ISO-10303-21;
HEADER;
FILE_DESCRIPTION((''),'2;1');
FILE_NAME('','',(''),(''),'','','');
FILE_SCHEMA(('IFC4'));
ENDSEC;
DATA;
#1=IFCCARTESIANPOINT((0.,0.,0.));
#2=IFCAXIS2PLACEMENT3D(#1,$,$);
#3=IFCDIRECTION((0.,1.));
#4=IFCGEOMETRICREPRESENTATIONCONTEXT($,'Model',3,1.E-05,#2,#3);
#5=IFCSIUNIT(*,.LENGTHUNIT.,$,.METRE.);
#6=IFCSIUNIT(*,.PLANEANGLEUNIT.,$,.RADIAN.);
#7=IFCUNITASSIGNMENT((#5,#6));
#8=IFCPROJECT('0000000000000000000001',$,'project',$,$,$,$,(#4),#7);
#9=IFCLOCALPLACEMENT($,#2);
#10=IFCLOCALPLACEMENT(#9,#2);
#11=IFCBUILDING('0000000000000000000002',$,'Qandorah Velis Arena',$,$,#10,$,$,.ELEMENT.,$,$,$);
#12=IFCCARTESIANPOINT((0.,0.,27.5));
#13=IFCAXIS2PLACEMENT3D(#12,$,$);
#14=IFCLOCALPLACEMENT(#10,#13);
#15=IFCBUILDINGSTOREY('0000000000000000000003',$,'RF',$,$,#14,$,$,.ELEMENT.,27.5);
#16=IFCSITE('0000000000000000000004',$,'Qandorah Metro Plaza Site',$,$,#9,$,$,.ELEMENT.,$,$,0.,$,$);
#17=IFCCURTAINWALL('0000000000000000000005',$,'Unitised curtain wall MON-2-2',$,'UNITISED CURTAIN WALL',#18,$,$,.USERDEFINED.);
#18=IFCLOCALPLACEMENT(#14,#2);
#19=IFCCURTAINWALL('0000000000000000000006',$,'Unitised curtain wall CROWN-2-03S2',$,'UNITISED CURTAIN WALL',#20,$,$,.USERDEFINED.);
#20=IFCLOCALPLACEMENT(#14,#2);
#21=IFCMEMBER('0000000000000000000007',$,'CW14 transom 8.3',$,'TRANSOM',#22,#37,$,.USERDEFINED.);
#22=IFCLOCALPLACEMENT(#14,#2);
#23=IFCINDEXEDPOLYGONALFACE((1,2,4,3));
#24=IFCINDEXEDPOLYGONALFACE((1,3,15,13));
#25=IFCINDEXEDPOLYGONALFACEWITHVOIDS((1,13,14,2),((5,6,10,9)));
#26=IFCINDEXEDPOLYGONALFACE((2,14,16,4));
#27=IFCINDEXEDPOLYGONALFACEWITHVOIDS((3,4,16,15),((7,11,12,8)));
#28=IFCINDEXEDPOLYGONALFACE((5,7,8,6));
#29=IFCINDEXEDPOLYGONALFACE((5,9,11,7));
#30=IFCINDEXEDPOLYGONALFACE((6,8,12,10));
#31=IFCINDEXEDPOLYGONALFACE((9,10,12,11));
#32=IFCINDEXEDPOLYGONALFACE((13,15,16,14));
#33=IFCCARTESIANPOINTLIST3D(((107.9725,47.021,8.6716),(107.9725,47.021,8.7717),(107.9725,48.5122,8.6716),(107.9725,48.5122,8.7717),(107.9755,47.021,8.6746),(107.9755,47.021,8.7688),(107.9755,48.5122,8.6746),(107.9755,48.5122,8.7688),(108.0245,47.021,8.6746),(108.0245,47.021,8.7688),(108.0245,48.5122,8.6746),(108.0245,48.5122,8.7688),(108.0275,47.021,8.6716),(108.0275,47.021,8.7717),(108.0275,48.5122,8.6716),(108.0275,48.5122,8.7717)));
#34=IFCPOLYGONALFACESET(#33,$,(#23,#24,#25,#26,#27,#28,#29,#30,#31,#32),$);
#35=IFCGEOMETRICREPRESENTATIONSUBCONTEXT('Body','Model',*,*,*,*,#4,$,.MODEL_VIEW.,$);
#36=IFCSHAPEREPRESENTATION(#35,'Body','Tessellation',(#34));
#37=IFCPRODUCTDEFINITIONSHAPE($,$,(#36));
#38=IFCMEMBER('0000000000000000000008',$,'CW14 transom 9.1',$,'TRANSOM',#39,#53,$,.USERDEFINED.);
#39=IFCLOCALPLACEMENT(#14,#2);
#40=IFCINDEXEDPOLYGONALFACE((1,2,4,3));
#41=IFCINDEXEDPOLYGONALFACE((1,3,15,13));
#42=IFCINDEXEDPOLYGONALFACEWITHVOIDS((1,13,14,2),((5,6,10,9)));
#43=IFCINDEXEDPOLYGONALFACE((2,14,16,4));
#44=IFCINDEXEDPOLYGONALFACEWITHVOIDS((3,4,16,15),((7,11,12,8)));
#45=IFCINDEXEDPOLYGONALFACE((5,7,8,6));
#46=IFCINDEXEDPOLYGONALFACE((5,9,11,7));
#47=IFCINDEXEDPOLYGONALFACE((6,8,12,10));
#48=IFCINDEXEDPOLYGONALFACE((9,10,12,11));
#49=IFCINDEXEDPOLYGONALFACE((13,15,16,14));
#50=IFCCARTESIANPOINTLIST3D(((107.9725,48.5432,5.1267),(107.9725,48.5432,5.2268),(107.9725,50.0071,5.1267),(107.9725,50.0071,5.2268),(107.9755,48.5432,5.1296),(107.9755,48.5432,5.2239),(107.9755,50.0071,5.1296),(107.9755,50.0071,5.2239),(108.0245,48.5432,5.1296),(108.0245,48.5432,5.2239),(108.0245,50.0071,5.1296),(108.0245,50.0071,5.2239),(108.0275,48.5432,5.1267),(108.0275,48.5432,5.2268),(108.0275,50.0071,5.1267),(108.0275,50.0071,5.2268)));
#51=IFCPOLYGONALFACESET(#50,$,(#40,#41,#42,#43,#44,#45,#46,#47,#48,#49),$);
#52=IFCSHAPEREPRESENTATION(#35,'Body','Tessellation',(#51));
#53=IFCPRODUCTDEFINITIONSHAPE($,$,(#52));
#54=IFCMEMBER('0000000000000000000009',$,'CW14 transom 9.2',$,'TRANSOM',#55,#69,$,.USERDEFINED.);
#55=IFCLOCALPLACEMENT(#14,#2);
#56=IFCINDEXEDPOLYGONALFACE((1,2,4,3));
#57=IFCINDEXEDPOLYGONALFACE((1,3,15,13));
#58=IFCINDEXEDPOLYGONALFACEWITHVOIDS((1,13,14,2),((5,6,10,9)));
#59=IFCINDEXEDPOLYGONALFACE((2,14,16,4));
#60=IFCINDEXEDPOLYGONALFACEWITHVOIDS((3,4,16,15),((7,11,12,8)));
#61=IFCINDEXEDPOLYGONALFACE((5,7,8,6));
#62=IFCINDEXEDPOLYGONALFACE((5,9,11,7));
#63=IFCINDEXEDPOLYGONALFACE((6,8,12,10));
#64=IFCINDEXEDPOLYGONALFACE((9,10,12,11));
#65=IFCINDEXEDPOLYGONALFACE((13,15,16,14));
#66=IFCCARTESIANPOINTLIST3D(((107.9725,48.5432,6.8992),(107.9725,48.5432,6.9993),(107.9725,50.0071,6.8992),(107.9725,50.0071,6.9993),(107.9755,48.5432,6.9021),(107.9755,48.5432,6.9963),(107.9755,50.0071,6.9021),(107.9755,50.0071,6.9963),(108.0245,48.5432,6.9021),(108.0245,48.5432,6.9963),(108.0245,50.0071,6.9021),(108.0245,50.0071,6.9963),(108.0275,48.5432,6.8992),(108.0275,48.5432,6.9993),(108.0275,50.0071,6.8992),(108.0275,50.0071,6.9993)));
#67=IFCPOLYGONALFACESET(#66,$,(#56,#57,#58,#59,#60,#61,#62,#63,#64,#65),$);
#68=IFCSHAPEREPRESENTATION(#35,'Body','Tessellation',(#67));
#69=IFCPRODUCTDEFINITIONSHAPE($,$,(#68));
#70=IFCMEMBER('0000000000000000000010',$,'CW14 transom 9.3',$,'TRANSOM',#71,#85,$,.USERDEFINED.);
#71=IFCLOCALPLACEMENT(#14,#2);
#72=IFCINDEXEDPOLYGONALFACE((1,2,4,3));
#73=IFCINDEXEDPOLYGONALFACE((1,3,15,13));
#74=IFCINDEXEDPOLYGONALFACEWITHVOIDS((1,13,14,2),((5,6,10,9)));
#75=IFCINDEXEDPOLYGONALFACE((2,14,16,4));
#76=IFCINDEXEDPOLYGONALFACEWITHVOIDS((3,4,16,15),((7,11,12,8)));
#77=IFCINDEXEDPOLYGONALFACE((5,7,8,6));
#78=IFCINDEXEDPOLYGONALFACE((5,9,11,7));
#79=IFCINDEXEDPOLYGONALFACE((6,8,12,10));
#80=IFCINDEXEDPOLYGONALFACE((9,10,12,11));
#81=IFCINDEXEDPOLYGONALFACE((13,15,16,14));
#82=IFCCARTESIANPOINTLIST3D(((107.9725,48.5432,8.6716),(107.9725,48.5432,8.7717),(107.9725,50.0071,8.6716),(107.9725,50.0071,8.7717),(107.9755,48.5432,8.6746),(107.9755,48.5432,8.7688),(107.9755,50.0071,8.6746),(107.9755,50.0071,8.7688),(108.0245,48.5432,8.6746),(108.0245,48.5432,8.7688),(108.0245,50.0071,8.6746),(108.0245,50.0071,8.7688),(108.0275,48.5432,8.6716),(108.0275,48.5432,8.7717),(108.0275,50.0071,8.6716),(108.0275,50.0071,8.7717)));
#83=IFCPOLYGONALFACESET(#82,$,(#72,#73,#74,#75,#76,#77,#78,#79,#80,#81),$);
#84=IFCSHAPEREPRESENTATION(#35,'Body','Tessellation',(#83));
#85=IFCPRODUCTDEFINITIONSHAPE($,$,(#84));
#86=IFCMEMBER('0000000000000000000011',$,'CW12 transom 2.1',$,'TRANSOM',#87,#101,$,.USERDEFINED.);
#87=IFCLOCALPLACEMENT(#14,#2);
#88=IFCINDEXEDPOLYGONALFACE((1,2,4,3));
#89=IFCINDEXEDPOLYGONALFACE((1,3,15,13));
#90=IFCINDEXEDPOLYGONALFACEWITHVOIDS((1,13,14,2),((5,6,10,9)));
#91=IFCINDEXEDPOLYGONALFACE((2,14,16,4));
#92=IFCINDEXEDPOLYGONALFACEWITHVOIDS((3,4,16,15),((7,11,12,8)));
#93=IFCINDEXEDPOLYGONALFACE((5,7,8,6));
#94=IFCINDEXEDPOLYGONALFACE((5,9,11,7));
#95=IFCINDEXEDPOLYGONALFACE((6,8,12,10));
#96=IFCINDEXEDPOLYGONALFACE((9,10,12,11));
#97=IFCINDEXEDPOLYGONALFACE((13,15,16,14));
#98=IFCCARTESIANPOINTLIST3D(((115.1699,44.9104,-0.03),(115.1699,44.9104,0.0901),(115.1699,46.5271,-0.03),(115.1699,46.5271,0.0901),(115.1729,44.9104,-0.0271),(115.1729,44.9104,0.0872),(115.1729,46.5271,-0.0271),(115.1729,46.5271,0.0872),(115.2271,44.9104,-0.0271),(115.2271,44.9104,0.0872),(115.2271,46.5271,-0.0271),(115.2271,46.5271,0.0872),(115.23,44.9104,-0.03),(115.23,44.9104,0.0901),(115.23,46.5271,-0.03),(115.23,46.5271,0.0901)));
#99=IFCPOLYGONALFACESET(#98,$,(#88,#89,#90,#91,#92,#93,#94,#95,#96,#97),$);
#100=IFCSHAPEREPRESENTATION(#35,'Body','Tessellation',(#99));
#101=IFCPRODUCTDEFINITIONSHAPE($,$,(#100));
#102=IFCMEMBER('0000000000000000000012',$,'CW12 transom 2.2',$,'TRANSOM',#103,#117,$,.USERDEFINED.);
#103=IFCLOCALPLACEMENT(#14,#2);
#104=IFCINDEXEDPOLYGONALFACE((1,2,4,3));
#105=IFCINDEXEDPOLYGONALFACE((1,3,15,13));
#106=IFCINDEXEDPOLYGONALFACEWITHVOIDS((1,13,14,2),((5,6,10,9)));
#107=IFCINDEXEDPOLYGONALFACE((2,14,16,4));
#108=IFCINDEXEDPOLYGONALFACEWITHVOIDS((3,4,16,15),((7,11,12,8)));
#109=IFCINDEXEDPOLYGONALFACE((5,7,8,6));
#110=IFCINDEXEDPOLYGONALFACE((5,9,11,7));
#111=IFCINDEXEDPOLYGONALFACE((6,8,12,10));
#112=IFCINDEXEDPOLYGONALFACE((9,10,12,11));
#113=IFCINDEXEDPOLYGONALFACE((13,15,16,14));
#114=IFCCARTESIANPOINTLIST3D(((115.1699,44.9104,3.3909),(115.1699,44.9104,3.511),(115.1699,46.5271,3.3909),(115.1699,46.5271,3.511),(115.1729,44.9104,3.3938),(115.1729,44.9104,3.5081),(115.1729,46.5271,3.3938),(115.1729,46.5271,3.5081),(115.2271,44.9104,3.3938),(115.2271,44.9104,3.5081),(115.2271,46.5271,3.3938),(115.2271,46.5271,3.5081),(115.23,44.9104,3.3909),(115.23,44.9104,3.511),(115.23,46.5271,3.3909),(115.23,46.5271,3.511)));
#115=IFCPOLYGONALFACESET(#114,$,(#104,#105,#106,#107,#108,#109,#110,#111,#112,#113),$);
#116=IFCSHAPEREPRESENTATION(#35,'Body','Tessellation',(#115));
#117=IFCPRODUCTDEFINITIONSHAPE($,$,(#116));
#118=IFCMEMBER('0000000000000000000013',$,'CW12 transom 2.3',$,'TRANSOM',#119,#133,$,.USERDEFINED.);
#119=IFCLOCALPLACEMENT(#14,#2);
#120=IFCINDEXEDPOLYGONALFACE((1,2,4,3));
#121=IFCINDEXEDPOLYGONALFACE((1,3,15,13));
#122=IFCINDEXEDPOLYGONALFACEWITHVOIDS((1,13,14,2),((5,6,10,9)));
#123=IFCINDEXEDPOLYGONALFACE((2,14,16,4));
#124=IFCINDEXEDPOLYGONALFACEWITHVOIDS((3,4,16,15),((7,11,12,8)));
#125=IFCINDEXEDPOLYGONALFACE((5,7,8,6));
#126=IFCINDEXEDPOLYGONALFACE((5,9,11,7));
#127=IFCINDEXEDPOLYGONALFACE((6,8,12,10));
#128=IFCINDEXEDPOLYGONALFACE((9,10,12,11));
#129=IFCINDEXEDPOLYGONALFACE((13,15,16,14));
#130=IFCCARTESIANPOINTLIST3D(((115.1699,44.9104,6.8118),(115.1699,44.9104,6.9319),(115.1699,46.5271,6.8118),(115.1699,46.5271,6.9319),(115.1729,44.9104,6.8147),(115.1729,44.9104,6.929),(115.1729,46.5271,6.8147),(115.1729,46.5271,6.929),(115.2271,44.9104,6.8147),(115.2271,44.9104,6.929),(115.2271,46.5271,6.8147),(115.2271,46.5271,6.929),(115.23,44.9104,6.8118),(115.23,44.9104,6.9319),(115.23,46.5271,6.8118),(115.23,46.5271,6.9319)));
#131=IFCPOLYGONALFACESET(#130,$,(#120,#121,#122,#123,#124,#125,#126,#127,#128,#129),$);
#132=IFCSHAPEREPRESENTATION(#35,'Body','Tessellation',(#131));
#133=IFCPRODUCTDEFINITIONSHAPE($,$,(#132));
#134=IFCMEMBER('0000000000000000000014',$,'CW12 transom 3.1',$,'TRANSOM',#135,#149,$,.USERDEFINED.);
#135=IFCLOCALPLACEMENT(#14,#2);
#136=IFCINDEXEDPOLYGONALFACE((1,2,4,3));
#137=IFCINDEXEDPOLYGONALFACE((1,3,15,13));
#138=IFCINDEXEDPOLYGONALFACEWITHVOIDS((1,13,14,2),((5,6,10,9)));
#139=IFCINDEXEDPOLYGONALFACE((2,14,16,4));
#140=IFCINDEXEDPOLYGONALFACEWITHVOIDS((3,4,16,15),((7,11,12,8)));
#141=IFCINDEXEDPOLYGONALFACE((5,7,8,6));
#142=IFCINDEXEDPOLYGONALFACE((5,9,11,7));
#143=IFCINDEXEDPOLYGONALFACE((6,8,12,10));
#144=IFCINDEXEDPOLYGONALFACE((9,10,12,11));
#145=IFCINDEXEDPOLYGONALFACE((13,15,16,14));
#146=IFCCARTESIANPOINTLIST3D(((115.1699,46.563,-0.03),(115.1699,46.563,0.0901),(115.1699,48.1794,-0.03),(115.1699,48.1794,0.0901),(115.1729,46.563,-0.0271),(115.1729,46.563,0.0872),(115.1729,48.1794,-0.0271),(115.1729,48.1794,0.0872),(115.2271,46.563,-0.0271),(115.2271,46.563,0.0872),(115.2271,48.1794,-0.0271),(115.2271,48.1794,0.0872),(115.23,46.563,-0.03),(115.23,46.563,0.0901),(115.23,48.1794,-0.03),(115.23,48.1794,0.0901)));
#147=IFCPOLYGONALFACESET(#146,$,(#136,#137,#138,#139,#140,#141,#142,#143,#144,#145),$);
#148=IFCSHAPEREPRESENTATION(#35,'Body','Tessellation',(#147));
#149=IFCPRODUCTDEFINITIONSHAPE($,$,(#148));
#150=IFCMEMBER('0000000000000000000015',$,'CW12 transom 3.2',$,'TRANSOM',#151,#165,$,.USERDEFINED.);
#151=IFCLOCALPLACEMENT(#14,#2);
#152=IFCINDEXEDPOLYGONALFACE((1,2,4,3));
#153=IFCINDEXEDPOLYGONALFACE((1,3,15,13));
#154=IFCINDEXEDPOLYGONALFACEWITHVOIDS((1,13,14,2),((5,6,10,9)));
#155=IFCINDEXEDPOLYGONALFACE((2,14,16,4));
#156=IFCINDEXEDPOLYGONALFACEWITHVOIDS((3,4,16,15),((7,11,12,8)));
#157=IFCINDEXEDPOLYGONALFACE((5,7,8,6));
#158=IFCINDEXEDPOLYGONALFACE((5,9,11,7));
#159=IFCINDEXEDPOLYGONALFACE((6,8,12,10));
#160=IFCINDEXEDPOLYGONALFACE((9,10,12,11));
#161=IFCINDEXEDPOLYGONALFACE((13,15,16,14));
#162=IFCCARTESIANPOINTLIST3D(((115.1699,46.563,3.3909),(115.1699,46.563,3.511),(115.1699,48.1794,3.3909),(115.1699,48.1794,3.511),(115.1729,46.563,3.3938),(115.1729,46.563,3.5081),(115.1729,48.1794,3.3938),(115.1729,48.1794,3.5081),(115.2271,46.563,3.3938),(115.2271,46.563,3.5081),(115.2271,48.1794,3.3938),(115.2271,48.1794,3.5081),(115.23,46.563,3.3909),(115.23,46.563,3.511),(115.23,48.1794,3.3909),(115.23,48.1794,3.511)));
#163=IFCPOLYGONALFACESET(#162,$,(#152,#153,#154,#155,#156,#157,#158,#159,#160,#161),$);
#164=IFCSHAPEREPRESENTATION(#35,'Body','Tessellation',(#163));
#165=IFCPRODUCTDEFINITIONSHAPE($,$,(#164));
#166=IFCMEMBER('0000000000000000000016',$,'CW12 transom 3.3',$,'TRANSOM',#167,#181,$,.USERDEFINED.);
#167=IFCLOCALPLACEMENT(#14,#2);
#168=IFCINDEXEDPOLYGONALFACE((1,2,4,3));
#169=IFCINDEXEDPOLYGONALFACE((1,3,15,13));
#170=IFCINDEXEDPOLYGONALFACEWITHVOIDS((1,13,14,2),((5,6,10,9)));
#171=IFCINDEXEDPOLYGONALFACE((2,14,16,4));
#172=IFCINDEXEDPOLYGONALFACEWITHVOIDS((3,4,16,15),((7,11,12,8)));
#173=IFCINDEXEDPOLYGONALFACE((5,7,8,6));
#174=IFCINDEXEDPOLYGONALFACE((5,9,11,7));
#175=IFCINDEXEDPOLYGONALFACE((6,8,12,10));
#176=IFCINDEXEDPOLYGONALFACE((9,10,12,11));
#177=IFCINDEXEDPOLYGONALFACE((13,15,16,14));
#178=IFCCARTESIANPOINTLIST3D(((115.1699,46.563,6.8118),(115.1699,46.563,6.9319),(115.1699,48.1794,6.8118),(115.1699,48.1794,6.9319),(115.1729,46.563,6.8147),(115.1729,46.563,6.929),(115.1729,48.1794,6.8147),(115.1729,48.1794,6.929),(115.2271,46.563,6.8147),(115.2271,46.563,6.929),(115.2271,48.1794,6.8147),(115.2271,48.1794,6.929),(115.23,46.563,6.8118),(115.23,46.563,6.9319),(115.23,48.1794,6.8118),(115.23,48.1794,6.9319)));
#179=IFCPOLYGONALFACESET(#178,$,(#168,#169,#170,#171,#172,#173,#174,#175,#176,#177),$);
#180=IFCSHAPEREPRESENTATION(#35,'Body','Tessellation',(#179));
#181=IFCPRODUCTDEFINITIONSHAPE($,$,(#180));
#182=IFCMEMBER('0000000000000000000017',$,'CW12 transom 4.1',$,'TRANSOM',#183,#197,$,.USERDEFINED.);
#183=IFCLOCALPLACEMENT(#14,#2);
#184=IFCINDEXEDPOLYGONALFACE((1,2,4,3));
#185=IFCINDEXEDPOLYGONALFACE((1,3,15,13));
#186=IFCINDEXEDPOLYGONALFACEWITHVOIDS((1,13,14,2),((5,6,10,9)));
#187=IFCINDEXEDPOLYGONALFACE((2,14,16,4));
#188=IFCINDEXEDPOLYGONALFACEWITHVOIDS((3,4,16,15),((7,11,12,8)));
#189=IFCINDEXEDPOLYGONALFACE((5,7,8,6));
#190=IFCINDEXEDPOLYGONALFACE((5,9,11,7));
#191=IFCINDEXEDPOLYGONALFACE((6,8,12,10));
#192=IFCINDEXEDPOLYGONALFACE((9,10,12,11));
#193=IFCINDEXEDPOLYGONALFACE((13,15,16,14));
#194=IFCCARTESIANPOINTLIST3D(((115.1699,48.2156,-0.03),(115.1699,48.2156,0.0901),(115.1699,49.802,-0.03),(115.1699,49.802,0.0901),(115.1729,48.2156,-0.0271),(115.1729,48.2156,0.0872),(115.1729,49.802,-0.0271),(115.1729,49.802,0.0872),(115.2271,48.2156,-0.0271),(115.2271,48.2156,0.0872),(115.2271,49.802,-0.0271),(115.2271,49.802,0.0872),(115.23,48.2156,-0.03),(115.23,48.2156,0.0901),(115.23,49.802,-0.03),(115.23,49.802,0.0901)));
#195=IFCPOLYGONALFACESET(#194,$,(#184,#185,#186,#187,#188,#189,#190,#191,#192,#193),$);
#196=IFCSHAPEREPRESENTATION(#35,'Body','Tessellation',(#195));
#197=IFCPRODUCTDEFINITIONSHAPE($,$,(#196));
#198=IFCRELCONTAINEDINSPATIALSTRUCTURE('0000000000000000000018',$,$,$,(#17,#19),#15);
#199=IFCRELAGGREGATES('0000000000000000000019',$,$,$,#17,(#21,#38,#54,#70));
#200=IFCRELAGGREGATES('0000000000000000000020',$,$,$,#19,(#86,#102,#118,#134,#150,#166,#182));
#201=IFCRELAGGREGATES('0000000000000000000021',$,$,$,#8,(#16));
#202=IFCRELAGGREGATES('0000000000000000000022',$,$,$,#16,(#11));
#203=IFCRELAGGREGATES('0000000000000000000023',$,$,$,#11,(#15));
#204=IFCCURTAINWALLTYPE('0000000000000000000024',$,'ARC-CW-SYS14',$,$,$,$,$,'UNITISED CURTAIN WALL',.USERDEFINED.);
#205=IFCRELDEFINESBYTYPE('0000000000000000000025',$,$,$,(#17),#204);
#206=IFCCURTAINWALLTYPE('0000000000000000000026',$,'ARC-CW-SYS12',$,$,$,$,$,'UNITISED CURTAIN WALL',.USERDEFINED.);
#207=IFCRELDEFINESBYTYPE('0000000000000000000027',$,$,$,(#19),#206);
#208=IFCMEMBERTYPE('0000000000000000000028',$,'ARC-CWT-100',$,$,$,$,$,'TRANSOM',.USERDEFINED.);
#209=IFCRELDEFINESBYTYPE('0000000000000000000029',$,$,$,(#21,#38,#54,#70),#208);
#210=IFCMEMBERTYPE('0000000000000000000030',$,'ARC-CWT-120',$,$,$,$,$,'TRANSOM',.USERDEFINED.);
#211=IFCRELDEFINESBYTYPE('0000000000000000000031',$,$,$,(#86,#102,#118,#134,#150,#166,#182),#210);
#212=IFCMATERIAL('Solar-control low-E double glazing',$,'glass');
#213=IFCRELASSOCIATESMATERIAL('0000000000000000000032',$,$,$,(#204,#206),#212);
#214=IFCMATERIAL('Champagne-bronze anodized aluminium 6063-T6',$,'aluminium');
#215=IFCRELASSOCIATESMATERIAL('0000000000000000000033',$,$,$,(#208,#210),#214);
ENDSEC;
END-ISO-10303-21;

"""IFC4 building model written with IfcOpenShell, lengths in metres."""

from ifc_helpers import new_model, si_unit, direction, frame, origin, origin_2d, place, context, subcontext, project, spatial, hollow_rectangle, extrude, material, material_profile, profile_set, type_object, element, aggregate, save


model = new_model("IFC4")

# Units and contexts
model_context = context("Model", 3, precision=1e-05, world=origin(), true_north=direction((0.0, 1.0)))
body_context = subcontext(model_context, "Body", "Model", "MODEL_VIEW")
ifc_project = project(units=[si_unit("LENGTHUNIT", "METRE"), si_unit("PLANEANGLEUNIT", "RADIAN")], contexts=[model_context])

# Site, building, storey
site_placement = place(None, origin())
site = spatial("IfcSite", under=ifc_project, at=site_placement, Name="Qandorah Metro Plaza Site", CompositionType="ELEMENT", RefElevation=0.0)
building_placement = place(site_placement, origin())
building = spatial("IfcBuilding", under=site, at=building_placement, Name="Qandorah Velis Arena", CompositionType="ELEMENT")
storey_placement = place(building_placement, frame((0.0, 0.0, 27.5)))
storey = spatial("IfcBuildingStorey", under=building, at=storey_placement, Name="RF", CompositionType="ELEMENT", Elevation=27.5)

# Curtain walls
ifc_material_1 = material(Name="Solar-control low-E double glazing", Category="glass")
curtain_wall_type_1 = type_object("IfcCurtainWallType", Name="ARC-CW-SYS14", ElementType="UNITISED CURTAIN WALL", PredefinedType="USERDEFINED", material=ifc_material_1)
curtain_wall_1_placement = place(storey_placement, origin())
curtain_wall_1 = element("IfcCurtainWall", 1, at=curtain_wall_1_placement, inside=storey, type_object=curtain_wall_type_1, Name="Unitised curtain wall MON-2-2", ObjectType="UNITISED CURTAIN WALL", PredefinedType="USERDEFINED")
ifc_material_2 = material(Name="Champagne-bronze anodized aluminium 6063-T6", Category="aluminium")
curtain_wall_type_2 = type_object("IfcCurtainWallType", Name="ARC-CW-SYS12", ElementType="UNITISED CURTAIN WALL", PredefinedType="USERDEFINED", material=ifc_material_1)
curtain_wall_2_placement = place(storey_placement, origin())
curtain_wall_2 = element("IfcCurtainWall", 2, at=curtain_wall_2_placement, inside=storey, type_object=curtain_wall_type_2, Name="Unitised curtain wall CROWN-2-03S2", ObjectType="UNITISED CURTAIN WALL", PredefinedType="USERDEFINED")

# Members
ifc_material_profile_1 = material_profile(ifc_material_2, hollow_rectangle(XDim=0.0549, YDim=0.1001, WallThickness=0.0029, at=origin_2d()), Name="ALU TRANSOM 55x100")
ifc_profile_set_1 = profile_set([ifc_material_profile_1], Name="Champagne-bronze anodized aluminium 6063-T6")
member_type_1 = type_object("IfcMemberType", Name="ARC-CWT-100", ElementType="TRANSOM", PredefinedType="USERDEFINED", material=ifc_profile_set_1)
member_1_placement = place(storey_placement, frame((108.0, 47.021, 8.7217), z_axis=(0.0, 1.0, 0.0), x_axis=(-1.0, 0.0, 0.0)))
member_1 = element("IfcMember", 3, at=member_1_placement, type_object=member_type_1, Name="CW14 transom 8.3", ObjectType="TRANSOM", PredefinedType="USERDEFINED", context=body_context, shape_type="SweptSolid", body=[
    extrude(hollow_rectangle(XDim=0.0549, YDim=0.1001, WallThickness=0.0029, at=origin_2d()), origin(), (0.0, 0.0, 1.0), 1.4912),
])
member_2_placement = place(storey_placement, frame((108.0, 48.5432, 5.1768), z_axis=(0.0, 1.0, 0.0), x_axis=(-1.0, 0.0, 0.0)))
member_2 = element("IfcMember", 4, at=member_2_placement, type_object=member_type_1, Name="CW14 transom 9.1", ObjectType="TRANSOM", PredefinedType="USERDEFINED", context=body_context, shape_type="SweptSolid", body=[
    extrude(hollow_rectangle(XDim=0.0549, YDim=0.1001, WallThickness=0.0029, at=origin_2d()), origin(), (0.0, 0.0, 1.0), 1.4639),
])
member_3_placement = place(storey_placement, frame((108.0, 48.5432, 6.9492), z_axis=(0.0, 1.0, 0.0), x_axis=(-1.0, 0.0, 0.0)))
member_3 = element("IfcMember", 5, at=member_3_placement, type_object=member_type_1, Name="CW14 transom 9.2", ObjectType="TRANSOM", PredefinedType="USERDEFINED", context=body_context, shape_type="SweptSolid", body=[
    extrude(hollow_rectangle(XDim=0.0549, YDim=0.1001, WallThickness=0.0029, at=origin_2d()), origin(), (0.0, 0.0, 1.0), 1.4639),
])
member_4_placement = place(storey_placement, frame((108.0, 48.5432, 8.7217), z_axis=(0.0, 1.0, 0.0), x_axis=(-1.0, 0.0, 0.0)))
member_4 = element("IfcMember", 6, at=member_4_placement, type_object=member_type_1, Name="CW14 transom 9.3", ObjectType="TRANSOM", PredefinedType="USERDEFINED", context=body_context, shape_type="SweptSolid", body=[
    extrude(hollow_rectangle(XDim=0.0549, YDim=0.1001, WallThickness=0.0029, at=origin_2d()), origin(), (0.0, 0.0, 1.0), 1.4639),
])
ifc_material_profile_2 = material_profile(ifc_material_2, hollow_rectangle(XDim=0.0601, YDim=0.1201, WallThickness=0.0029, at=origin_2d()), Name="ALU TRANSOM 60x120")
ifc_profile_set_2 = profile_set([ifc_material_profile_2], Name="Champagne-bronze anodized aluminium 6063-T6")
member_type_2 = type_object("IfcMemberType", Name="ARC-CWT-120", ElementType="TRANSOM", PredefinedType="USERDEFINED", material=ifc_profile_set_2)
member_5_placement = place(storey_placement, frame((115.2, 44.9104, 0.03), z_axis=(0.0, 1.0, 0.0), x_axis=(-1.0, 0.0, 0.0)))
member_5 = element("IfcMember", 7, at=member_5_placement, type_object=member_type_2, Name="CW12 transom 2.1", ObjectType="TRANSOM", PredefinedType="USERDEFINED", context=body_context, shape_type="SweptSolid", body=[
    extrude(hollow_rectangle(XDim=0.0601, YDim=0.1201, WallThickness=0.0029, at=origin_2d()), origin(), (0.0, 0.0, 1.0), 1.6167),
])
member_6_placement = place(storey_placement, frame((115.2, 44.9104, 3.4509), z_axis=(0.0, 1.0, 0.0), x_axis=(-1.0, 0.0, 0.0)))
member_6 = element("IfcMember", 8, at=member_6_placement, type_object=member_type_2, Name="CW12 transom 2.2", ObjectType="TRANSOM", PredefinedType="USERDEFINED", context=body_context, shape_type="SweptSolid", body=[
    extrude(hollow_rectangle(XDim=0.0601, YDim=0.1201, WallThickness=0.0029, at=origin_2d()), origin(), (0.0, 0.0, 1.0), 1.6167),
])
member_7_placement = place(storey_placement, frame((115.2, 44.9104, 6.8718), z_axis=(0.0, 1.0, 0.0), x_axis=(-1.0, 0.0, 0.0)))
member_7 = element("IfcMember", 9, at=member_7_placement, type_object=member_type_2, Name="CW12 transom 2.3", ObjectType="TRANSOM", PredefinedType="USERDEFINED", context=body_context, shape_type="SweptSolid", body=[
    extrude(hollow_rectangle(XDim=0.0601, YDim=0.1201, WallThickness=0.0029, at=origin_2d()), origin(), (0.0, 0.0, 1.0), 1.6167),
])
member_8_placement = place(storey_placement, frame((115.2, 46.563, 0.03), z_axis=(0.0, 1.0, 0.0), x_axis=(-1.0, 0.0, 0.0)))
member_8 = element("IfcMember", 10, at=member_8_placement, type_object=member_type_2, Name="CW12 transom 3.1", ObjectType="TRANSOM", PredefinedType="USERDEFINED", context=body_context, shape_type="SweptSolid", body=[
    extrude(hollow_rectangle(XDim=0.0601, YDim=0.1201, WallThickness=0.0029, at=origin_2d()), origin(), (0.0, 0.0, 1.0), 1.6165),
])
member_9_placement = place(storey_placement, frame((115.2, 46.563, 3.4509), z_axis=(0.0, 1.0, 0.0), x_axis=(-1.0, 0.0, 0.0)))
member_9 = element("IfcMember", 11, at=member_9_placement, type_object=member_type_2, Name="CW12 transom 3.2", ObjectType="TRANSOM", PredefinedType="USERDEFINED", context=body_context, shape_type="SweptSolid", body=[
    extrude(hollow_rectangle(XDim=0.0601, YDim=0.1201, WallThickness=0.0029, at=origin_2d()), origin(), (0.0, 0.0, 1.0), 1.6165),
])
member_10_placement = place(storey_placement, frame((115.2, 46.563, 6.8718), z_axis=(0.0, 1.0, 0.0), x_axis=(-1.0, 0.0, 0.0)))
member_10 = element("IfcMember", 12, at=member_10_placement, type_object=member_type_2, Name="CW12 transom 3.3", ObjectType="TRANSOM", PredefinedType="USERDEFINED", context=body_context, shape_type="SweptSolid", body=[
    extrude(hollow_rectangle(XDim=0.0601, YDim=0.1201, WallThickness=0.0029, at=origin_2d()), origin(), (0.0, 0.0, 1.0), 1.6165),
])
member_11_placement = place(storey_placement, frame((115.2, 48.2156, 0.03), z_axis=(0.0, 1.0, 0.0), x_axis=(-1.0, 0.0, 0.0)))
member_11 = element("IfcMember", 13, at=member_11_placement, type_object=member_type_2, Name="CW12 transom 4.1", ObjectType="TRANSOM", PredefinedType="USERDEFINED", context=body_context, shape_type="SweptSolid", body=[
    extrude(hollow_rectangle(XDim=0.0601, YDim=0.1201, WallThickness=0.0029, at=origin_2d()), origin(), (0.0, 0.0, 1.0), 1.5864),
])

aggregate(curtain_wall_1, [member_1, member_2, member_3, member_4])
aggregate(curtain_wall_2, [member_5, member_6, member_7, member_8, member_9, member_10, member_11])

save(model, "model.ifc")
